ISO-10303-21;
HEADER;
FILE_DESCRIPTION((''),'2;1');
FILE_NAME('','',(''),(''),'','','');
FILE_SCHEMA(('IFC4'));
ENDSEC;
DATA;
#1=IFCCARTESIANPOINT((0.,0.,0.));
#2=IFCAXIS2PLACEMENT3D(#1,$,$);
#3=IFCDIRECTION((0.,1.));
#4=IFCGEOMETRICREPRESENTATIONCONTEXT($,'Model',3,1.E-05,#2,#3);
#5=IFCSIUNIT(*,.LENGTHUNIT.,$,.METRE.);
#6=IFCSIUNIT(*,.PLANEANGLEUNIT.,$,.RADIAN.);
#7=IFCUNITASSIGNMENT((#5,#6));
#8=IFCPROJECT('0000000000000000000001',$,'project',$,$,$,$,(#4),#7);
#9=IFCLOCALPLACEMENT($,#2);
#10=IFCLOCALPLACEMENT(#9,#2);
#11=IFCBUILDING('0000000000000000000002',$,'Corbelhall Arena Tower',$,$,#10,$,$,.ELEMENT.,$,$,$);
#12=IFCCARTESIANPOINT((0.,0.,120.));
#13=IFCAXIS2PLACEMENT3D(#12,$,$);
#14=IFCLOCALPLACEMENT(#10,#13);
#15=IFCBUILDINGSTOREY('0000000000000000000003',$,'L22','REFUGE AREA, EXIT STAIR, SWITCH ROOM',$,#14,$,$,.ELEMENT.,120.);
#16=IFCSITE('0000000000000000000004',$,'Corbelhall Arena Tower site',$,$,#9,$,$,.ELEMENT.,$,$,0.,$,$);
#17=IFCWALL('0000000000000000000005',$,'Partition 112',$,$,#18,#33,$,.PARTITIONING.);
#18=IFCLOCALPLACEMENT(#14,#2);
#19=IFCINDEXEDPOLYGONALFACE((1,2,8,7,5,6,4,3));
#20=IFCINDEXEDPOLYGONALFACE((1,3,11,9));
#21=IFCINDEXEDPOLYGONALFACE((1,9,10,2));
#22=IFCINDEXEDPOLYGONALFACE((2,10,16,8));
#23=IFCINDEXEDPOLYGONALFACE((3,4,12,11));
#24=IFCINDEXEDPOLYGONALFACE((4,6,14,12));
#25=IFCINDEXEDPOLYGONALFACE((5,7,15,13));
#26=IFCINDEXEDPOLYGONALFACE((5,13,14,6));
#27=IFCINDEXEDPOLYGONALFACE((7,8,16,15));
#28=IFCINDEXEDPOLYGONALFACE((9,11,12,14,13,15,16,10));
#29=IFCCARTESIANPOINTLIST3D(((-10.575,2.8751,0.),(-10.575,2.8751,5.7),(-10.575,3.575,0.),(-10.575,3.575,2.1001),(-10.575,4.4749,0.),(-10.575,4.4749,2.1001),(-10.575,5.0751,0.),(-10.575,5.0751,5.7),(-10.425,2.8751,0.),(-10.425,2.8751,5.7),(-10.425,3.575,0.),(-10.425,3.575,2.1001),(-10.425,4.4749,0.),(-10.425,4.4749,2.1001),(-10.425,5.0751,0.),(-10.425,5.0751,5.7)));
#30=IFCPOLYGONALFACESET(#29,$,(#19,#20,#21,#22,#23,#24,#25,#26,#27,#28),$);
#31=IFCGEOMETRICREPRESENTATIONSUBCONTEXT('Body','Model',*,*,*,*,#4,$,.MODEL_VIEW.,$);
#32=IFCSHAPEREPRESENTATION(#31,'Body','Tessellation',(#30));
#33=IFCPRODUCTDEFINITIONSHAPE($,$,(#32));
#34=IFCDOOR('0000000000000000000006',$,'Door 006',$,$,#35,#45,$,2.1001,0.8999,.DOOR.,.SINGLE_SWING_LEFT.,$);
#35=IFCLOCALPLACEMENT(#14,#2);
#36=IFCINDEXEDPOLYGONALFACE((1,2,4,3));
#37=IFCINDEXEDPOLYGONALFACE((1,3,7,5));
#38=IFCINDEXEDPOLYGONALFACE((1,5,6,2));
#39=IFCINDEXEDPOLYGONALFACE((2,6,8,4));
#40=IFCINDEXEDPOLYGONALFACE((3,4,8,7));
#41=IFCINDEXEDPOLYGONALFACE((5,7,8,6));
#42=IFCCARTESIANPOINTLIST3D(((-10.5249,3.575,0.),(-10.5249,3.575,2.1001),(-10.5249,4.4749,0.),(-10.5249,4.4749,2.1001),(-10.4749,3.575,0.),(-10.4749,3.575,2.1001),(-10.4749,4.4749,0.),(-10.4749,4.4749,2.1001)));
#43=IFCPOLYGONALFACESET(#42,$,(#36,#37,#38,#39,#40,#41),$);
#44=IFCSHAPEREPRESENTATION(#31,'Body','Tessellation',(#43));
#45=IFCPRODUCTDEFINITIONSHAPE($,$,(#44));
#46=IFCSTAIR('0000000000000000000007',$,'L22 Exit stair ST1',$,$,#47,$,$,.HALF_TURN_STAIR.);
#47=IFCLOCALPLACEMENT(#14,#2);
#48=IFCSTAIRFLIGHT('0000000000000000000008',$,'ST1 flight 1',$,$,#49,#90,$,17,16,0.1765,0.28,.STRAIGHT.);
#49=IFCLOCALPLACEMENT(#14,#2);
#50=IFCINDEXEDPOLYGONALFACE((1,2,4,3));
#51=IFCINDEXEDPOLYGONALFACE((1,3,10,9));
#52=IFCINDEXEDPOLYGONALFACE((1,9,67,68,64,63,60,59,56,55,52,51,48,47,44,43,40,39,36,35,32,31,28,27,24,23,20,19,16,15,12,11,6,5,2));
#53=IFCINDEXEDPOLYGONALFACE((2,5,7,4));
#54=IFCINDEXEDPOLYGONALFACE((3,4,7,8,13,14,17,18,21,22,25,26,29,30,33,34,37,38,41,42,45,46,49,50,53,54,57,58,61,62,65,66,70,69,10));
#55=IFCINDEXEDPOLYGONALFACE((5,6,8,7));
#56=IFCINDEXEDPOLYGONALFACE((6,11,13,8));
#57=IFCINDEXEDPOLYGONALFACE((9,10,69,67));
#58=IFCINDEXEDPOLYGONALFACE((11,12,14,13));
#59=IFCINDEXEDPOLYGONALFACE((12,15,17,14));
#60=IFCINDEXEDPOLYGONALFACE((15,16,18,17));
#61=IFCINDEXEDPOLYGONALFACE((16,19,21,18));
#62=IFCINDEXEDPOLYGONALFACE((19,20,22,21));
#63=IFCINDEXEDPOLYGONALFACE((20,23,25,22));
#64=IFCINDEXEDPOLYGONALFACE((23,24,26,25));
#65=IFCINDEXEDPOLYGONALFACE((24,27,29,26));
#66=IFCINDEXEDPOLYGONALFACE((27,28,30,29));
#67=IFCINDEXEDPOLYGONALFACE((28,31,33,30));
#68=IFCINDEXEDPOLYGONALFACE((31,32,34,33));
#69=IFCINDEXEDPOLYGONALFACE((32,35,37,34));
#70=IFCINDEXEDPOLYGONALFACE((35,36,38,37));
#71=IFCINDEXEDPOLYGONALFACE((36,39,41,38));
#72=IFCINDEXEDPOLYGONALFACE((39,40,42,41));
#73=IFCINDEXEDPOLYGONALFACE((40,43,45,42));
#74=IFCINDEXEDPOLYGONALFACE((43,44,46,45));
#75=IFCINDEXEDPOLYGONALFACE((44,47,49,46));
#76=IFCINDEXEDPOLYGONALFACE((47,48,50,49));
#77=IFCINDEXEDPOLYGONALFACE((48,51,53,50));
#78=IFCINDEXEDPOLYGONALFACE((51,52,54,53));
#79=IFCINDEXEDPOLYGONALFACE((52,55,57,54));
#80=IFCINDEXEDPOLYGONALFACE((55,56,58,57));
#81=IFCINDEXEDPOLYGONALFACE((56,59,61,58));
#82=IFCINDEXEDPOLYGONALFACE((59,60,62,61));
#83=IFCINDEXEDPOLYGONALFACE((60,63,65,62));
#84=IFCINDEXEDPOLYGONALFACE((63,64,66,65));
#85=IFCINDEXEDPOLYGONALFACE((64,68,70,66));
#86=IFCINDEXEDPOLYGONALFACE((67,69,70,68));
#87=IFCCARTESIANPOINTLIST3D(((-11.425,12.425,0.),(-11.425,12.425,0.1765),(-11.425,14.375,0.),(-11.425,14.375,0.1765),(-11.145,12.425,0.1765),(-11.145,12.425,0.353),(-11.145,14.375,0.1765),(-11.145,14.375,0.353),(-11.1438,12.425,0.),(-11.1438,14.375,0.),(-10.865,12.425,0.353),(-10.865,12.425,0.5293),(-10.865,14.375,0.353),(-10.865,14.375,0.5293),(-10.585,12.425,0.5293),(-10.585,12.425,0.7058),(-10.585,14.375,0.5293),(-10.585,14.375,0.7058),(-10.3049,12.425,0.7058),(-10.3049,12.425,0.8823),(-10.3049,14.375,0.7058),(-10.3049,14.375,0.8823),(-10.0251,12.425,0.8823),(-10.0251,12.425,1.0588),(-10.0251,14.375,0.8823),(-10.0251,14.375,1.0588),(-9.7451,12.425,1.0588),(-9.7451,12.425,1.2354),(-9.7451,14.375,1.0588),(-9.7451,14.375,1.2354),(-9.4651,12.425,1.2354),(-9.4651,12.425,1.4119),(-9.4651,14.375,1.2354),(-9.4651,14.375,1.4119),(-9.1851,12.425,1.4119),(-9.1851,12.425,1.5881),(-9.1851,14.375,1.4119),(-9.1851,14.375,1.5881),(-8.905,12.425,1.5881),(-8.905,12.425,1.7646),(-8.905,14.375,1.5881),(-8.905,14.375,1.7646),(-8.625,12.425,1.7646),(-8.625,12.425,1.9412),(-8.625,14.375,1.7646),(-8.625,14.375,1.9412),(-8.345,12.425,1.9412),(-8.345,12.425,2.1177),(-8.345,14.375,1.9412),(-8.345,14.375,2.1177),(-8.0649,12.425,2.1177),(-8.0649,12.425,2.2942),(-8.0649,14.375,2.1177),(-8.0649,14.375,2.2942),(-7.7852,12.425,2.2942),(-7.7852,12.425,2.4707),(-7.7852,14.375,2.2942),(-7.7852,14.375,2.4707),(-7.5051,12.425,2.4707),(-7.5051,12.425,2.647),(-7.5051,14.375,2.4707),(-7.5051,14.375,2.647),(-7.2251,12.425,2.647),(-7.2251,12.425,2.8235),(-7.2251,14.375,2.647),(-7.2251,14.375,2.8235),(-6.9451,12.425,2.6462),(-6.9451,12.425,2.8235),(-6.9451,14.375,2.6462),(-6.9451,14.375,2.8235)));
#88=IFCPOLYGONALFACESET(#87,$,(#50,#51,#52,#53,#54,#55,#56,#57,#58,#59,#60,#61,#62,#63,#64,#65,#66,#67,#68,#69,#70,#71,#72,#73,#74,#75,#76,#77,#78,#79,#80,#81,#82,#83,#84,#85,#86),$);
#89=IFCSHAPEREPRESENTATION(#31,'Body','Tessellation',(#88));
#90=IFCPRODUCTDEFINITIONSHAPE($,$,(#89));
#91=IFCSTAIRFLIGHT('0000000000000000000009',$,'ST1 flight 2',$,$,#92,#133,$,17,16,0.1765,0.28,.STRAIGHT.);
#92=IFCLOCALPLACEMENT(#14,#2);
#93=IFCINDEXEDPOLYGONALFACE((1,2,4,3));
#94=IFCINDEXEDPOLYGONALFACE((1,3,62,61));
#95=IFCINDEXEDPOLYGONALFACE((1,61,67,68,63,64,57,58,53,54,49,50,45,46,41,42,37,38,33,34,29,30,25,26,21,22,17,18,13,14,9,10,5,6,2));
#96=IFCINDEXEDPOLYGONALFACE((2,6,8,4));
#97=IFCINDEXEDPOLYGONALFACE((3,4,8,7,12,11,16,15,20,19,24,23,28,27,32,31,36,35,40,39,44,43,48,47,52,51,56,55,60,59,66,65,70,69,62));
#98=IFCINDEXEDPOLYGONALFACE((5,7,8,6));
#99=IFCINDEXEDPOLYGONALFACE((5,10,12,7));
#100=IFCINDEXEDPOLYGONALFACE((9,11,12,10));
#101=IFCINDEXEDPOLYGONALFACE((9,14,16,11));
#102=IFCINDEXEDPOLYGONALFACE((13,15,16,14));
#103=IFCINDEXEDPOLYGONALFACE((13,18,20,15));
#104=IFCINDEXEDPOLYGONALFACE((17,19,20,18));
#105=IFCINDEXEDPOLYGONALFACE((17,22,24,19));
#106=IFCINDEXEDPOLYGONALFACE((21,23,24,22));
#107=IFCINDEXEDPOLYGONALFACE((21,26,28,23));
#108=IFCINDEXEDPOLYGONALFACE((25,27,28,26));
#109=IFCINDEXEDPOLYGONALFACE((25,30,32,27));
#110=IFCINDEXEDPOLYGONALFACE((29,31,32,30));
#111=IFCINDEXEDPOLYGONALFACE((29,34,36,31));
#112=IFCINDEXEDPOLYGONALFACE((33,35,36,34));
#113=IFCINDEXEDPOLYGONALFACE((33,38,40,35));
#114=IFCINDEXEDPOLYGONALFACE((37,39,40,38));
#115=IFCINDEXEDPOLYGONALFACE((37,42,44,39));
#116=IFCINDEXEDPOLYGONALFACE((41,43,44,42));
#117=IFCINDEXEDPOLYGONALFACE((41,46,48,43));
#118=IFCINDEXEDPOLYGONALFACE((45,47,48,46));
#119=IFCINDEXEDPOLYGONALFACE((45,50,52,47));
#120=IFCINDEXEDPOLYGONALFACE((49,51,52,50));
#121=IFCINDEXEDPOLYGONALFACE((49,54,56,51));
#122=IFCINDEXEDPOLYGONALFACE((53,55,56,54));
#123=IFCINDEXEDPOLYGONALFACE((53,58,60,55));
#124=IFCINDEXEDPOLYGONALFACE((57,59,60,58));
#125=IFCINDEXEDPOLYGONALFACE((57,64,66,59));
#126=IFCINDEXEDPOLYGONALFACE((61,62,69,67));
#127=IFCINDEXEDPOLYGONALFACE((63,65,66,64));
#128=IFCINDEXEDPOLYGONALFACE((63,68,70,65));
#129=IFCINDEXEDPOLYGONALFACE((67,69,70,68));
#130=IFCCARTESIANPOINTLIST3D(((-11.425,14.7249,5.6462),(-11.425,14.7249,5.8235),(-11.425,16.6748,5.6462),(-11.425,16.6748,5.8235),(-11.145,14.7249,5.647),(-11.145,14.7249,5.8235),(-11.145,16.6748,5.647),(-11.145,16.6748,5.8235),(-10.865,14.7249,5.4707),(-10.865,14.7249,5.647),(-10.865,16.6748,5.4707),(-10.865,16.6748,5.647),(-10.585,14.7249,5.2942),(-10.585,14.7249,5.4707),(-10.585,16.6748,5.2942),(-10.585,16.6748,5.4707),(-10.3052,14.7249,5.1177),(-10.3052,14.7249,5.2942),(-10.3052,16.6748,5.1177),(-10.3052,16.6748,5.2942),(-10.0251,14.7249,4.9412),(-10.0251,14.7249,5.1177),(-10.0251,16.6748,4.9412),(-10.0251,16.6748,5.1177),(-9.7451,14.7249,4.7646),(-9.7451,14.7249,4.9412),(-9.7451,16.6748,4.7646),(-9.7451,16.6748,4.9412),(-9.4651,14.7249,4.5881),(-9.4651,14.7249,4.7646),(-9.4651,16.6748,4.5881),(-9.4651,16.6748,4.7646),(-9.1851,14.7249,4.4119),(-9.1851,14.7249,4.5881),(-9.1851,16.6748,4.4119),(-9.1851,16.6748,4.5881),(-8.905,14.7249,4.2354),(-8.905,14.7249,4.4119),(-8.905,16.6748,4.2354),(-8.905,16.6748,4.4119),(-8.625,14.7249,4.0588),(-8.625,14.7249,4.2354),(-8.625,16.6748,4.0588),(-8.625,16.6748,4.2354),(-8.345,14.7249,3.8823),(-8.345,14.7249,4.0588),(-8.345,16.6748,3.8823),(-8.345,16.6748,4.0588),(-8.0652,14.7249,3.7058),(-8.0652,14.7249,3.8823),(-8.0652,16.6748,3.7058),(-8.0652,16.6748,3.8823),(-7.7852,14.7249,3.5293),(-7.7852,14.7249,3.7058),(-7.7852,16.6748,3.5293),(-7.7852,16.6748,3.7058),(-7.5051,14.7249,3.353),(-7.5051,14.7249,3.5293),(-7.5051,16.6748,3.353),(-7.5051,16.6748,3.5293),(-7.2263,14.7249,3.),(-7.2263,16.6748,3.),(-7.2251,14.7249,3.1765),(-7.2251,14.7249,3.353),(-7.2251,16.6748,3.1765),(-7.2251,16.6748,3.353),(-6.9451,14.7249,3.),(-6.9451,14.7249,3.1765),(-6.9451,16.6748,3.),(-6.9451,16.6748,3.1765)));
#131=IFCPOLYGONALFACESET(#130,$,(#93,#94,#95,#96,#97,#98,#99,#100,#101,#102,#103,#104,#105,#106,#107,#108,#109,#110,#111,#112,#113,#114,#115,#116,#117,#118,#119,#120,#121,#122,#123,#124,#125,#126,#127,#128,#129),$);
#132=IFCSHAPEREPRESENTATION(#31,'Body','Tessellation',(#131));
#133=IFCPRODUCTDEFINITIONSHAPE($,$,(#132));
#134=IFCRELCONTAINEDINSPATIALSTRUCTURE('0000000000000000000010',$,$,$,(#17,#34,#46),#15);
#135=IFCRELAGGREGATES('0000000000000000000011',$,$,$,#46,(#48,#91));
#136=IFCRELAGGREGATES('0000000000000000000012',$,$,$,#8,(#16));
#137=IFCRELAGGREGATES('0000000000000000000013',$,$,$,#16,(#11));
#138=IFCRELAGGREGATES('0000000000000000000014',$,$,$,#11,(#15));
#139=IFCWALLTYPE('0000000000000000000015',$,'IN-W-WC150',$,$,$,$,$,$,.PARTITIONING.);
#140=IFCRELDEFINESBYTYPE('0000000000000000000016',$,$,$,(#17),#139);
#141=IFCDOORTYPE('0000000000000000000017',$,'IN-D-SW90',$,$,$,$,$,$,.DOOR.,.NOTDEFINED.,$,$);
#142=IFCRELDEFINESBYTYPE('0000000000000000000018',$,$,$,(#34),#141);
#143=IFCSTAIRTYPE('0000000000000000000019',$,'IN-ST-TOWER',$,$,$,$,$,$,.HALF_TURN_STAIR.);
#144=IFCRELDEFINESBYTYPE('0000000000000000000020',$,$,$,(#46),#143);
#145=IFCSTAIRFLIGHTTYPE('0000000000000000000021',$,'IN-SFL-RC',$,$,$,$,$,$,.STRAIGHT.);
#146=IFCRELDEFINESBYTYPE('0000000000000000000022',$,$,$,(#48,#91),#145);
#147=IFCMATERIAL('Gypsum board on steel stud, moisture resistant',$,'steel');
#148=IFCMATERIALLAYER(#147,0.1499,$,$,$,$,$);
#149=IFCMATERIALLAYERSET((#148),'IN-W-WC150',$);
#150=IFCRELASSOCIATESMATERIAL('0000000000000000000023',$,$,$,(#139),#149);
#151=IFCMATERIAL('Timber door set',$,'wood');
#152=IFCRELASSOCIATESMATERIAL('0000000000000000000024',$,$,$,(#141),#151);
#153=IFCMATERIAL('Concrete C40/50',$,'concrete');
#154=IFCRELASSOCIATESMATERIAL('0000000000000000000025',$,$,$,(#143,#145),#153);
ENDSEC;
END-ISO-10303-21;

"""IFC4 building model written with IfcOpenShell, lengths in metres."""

from ifc_helpers import new_model, si_unit, direction, frame, frame_2d, origin, place, context, subcontext, project, spatial, polyline, rectangle, outline, extrude, material, layer, layer_set, type_object, element, fill, aggregate, save


model = new_model("IFC4")

# Units and contexts
model_context = context("Model", 3, precision=1e-05, world=origin(), true_north=direction((0.0, 1.0)))
body_context = subcontext(model_context, "Body", "Model", "MODEL_VIEW")
ifc_project = project(units=[si_unit("LENGTHUNIT", "METRE"), si_unit("PLANEANGLEUNIT", "RADIAN")], contexts=[model_context])

# Site, building, storey
site_placement = place(None, origin())
site = spatial("IfcSite", under=ifc_project, at=site_placement, Name="Corbelhall Arena Tower site", CompositionType="ELEMENT", RefElevation=0.0)
building_placement = place(site_placement, origin())
building = spatial("IfcBuilding", under=site, at=building_placement, Name="Corbelhall Arena Tower", CompositionType="ELEMENT")
storey_placement = place(building_placement, frame((0.0, 0.0, 120.0)))
storey = spatial("IfcBuildingStorey", under=building, at=storey_placement, Name="L22", Description="REFUGE AREA, EXIT STAIR, SWITCH ROOM", CompositionType="ELEMENT", Elevation=120.0)

# Shared definitions
ifc_material_1 = material(Name="Concrete C40/50", Category="concrete")

# Wall, opening, door
ifc_material_2 = material(Name="Gypsum board on steel stud, moisture resistant", Category="steel")
ifc_layer_1 = layer(ifc_material_2, 0.1499)
ifc_layer_set_1 = layer_set([ifc_layer_1], Name="IN-W-WC150")
wall_type_1 = type_object("IfcWallType", Name="IN-W-WC150", PredefinedType="PARTITIONING", material=ifc_layer_set_1)
wall_1_placement = place(storey_placement, frame((-10.5, 2.875, 0.0), z_axis=(0.0, 0.0, 1.0), x_axis=(0.0, 1.0, 0.0)))
wall_1 = element("IfcWall", 1, at=wall_1_placement, inside=storey, type_object=wall_type_1, Name="Partition 112", PredefinedType="PARTITIONING", context=body_context, shape_type="SweptSolid", body=[
    extrude(rectangle(XDim=2.2, YDim=0.1499, at=frame_2d((1.1001, 0.0))), origin(), (0.0, 0.0, 1.0), 5.7),
])
opening_1_placement = place(wall_1_placement, frame((0.7, 0.0, 0.0)))
opening_1 = element("IfcOpeningElement", 2, at=opening_1_placement, cuts=wall_1, PredefinedType="OPENING", context=body_context, shape_type="SweptSolid", body=[
    extrude(rectangle(XDim=0.8999, YDim=2.1001, at=frame_2d((0.45, 1.05))), frame((0.0, 0.075, 0.0), z_axis=(0.0, -1.0, 0.0), x_axis=(1.0, 0.0, 0.0)), (0.0, 0.0, 1.0), 0.1499),
])
ifc_material_3 = material(Name="Timber door set", Category="wood")
door_type_1 = type_object("IfcDoorType", Name="IN-D-SW90", OperationType="NOTDEFINED", PredefinedType="DOOR", material=ifc_material_3)
door_1_placement = place(opening_1_placement, origin())
door_1 = element("IfcDoor", 3, at=door_1_placement, inside=storey, type_object=door_type_1, Name="Door 006", OperationType="SINGLE_SWING_LEFT", OverallHeight=2.1001, OverallWidth=0.8999, PredefinedType="DOOR", context=body_context, shape_type="SweptSolid", body=[
    extrude(rectangle(XDim=0.8999, YDim=2.1001, at=frame_2d((0.45, 1.05))), frame((0.0, 0.0249, 0.0), z_axis=(0.0, -1.0, 0.0), x_axis=(1.0, 0.0, 0.0)), (0.0, 0.0, 1.0), 0.05),
])
fill(opening_1, door_1)

# Stair, stair flights
stair_type = type_object("IfcStairType", Name="IN-ST-TOWER", PredefinedType="HALF_TURN_STAIR", material=ifc_material_1)
stair_placement = place(storey_placement, origin())
stair = element("IfcStair", 4, at=stair_placement, inside=storey, type_object=stair_type, Name="L22 Exit stair ST1", PredefinedType="HALF_TURN_STAIR")
stair_flight_type = type_object("IfcStairFlightType", Name="IN-SFL-RC", PredefinedType="STRAIGHT", material=ifc_material_1)
stair_flight_1_placement = place(storey_placement, frame((-11.425, 13.3999, 0.0), z_axis=(0.0, 0.0, 1.0), x_axis=(1.0, 0.0, 0.0)))
stair_flight_1 = element("IfcStairFlight", 5, at=stair_flight_1_placement, type_object=stair_flight_type, Name="ST1 flight 1", NumberOfRisers=17, NumberOfTreads=16, PredefinedType="STRAIGHT", RiserHeight=0.1765, TreadLength=0.28, context=body_context, shape_type="SweptSolid", body=[
    extrude(outline(polyline([(0.0, 0.0), (0.0, 0.1765), (0.28, 0.1765), (0.28, 0.353), (0.5601, 0.353), (0.5601, 0.5293), (0.8401, 0.5293), (0.8401, 0.7058), (1.1201, 0.7058), (1.1201, 0.8823), (1.3999, 0.8823), (1.3999, 1.0588), (1.6799, 1.0588), (1.6799, 1.2354), (1.96, 1.2354), (1.96, 1.4119), (2.24, 1.4119), (2.24, 1.5881), (2.52, 1.5881), (2.52, 1.7646), (2.8, 1.7646), (2.8, 1.9412), (3.0801, 1.9412), (3.0801, 2.1177), (3.3601, 2.1177), (3.3601, 2.2942), (3.6399, 2.2942), (3.6399, 2.4707), (3.9199, 2.4707), (3.9199, 2.647), (4.2, 2.647), (4.2, 2.8235), (4.48, 2.8235), (4.48, 3.0), (4.48, 2.6462), (0.2812, 0.0), (0.0, 0.0)])), frame((0.0, 0.9751, 0.0), z_axis=(0.0, -1.0, 0.0), x_axis=(1.0, 0.0, 0.0)), (0.0, 0.0, 1.0), 1.95),
])
stair_flight_2_placement = place(storey_placement, frame((-6.9451, 15.7, 3.0), z_axis=(0.0, 0.0, 1.0), x_axis=(-1.0, 0.0, 0.0)))
stair_flight_2 = element("IfcStairFlight", 6, at=stair_flight_2_placement, type_object=stair_flight_type, Name="ST1 flight 2", NumberOfRisers=17, NumberOfTreads=16, PredefinedType="STRAIGHT", RiserHeight=0.1765, TreadLength=0.28, context=body_context, shape_type="SweptSolid", body=[
    extrude(outline(polyline([(0.0, 0.0), (0.0, 0.1765), (0.28, 0.1765), (0.28, 0.353), (0.5601, 0.353), (0.5601, 0.5293), (0.8401, 0.5293), (0.8401, 0.7058), (1.1201, 0.7058), (1.1201, 0.8823), (1.3999, 0.8823), (1.3999, 1.0588), (1.6799, 1.0588), (1.6799, 1.2354), (1.96, 1.2354), (1.96, 1.4119), (2.24, 1.4119), (2.24, 1.5881), (2.52, 1.5881), (2.52, 1.7646), (2.8, 1.7646), (2.8, 1.9412), (3.0801, 1.9412), (3.0801, 2.1177), (3.3601, 2.1177), (3.3601, 2.2942), (3.6399, 2.2942), (3.6399, 2.4707), (3.9199, 2.4707), (3.9199, 2.647), (4.2, 2.647), (4.2, 2.8235), (4.48, 2.8235), (4.48, 3.0), (4.48, 2.6462), (0.2812, 0.0), (0.0, 0.0)])), frame((0.0, 0.9751, 0.0), z_axis=(0.0, -1.0, 0.0), x_axis=(1.0, 0.0, 0.0)), (0.0, 0.0, 1.0), 1.95),
])
aggregate(stair, [stair_flight_1, stair_flight_2])

save(model, "model.ifc")
